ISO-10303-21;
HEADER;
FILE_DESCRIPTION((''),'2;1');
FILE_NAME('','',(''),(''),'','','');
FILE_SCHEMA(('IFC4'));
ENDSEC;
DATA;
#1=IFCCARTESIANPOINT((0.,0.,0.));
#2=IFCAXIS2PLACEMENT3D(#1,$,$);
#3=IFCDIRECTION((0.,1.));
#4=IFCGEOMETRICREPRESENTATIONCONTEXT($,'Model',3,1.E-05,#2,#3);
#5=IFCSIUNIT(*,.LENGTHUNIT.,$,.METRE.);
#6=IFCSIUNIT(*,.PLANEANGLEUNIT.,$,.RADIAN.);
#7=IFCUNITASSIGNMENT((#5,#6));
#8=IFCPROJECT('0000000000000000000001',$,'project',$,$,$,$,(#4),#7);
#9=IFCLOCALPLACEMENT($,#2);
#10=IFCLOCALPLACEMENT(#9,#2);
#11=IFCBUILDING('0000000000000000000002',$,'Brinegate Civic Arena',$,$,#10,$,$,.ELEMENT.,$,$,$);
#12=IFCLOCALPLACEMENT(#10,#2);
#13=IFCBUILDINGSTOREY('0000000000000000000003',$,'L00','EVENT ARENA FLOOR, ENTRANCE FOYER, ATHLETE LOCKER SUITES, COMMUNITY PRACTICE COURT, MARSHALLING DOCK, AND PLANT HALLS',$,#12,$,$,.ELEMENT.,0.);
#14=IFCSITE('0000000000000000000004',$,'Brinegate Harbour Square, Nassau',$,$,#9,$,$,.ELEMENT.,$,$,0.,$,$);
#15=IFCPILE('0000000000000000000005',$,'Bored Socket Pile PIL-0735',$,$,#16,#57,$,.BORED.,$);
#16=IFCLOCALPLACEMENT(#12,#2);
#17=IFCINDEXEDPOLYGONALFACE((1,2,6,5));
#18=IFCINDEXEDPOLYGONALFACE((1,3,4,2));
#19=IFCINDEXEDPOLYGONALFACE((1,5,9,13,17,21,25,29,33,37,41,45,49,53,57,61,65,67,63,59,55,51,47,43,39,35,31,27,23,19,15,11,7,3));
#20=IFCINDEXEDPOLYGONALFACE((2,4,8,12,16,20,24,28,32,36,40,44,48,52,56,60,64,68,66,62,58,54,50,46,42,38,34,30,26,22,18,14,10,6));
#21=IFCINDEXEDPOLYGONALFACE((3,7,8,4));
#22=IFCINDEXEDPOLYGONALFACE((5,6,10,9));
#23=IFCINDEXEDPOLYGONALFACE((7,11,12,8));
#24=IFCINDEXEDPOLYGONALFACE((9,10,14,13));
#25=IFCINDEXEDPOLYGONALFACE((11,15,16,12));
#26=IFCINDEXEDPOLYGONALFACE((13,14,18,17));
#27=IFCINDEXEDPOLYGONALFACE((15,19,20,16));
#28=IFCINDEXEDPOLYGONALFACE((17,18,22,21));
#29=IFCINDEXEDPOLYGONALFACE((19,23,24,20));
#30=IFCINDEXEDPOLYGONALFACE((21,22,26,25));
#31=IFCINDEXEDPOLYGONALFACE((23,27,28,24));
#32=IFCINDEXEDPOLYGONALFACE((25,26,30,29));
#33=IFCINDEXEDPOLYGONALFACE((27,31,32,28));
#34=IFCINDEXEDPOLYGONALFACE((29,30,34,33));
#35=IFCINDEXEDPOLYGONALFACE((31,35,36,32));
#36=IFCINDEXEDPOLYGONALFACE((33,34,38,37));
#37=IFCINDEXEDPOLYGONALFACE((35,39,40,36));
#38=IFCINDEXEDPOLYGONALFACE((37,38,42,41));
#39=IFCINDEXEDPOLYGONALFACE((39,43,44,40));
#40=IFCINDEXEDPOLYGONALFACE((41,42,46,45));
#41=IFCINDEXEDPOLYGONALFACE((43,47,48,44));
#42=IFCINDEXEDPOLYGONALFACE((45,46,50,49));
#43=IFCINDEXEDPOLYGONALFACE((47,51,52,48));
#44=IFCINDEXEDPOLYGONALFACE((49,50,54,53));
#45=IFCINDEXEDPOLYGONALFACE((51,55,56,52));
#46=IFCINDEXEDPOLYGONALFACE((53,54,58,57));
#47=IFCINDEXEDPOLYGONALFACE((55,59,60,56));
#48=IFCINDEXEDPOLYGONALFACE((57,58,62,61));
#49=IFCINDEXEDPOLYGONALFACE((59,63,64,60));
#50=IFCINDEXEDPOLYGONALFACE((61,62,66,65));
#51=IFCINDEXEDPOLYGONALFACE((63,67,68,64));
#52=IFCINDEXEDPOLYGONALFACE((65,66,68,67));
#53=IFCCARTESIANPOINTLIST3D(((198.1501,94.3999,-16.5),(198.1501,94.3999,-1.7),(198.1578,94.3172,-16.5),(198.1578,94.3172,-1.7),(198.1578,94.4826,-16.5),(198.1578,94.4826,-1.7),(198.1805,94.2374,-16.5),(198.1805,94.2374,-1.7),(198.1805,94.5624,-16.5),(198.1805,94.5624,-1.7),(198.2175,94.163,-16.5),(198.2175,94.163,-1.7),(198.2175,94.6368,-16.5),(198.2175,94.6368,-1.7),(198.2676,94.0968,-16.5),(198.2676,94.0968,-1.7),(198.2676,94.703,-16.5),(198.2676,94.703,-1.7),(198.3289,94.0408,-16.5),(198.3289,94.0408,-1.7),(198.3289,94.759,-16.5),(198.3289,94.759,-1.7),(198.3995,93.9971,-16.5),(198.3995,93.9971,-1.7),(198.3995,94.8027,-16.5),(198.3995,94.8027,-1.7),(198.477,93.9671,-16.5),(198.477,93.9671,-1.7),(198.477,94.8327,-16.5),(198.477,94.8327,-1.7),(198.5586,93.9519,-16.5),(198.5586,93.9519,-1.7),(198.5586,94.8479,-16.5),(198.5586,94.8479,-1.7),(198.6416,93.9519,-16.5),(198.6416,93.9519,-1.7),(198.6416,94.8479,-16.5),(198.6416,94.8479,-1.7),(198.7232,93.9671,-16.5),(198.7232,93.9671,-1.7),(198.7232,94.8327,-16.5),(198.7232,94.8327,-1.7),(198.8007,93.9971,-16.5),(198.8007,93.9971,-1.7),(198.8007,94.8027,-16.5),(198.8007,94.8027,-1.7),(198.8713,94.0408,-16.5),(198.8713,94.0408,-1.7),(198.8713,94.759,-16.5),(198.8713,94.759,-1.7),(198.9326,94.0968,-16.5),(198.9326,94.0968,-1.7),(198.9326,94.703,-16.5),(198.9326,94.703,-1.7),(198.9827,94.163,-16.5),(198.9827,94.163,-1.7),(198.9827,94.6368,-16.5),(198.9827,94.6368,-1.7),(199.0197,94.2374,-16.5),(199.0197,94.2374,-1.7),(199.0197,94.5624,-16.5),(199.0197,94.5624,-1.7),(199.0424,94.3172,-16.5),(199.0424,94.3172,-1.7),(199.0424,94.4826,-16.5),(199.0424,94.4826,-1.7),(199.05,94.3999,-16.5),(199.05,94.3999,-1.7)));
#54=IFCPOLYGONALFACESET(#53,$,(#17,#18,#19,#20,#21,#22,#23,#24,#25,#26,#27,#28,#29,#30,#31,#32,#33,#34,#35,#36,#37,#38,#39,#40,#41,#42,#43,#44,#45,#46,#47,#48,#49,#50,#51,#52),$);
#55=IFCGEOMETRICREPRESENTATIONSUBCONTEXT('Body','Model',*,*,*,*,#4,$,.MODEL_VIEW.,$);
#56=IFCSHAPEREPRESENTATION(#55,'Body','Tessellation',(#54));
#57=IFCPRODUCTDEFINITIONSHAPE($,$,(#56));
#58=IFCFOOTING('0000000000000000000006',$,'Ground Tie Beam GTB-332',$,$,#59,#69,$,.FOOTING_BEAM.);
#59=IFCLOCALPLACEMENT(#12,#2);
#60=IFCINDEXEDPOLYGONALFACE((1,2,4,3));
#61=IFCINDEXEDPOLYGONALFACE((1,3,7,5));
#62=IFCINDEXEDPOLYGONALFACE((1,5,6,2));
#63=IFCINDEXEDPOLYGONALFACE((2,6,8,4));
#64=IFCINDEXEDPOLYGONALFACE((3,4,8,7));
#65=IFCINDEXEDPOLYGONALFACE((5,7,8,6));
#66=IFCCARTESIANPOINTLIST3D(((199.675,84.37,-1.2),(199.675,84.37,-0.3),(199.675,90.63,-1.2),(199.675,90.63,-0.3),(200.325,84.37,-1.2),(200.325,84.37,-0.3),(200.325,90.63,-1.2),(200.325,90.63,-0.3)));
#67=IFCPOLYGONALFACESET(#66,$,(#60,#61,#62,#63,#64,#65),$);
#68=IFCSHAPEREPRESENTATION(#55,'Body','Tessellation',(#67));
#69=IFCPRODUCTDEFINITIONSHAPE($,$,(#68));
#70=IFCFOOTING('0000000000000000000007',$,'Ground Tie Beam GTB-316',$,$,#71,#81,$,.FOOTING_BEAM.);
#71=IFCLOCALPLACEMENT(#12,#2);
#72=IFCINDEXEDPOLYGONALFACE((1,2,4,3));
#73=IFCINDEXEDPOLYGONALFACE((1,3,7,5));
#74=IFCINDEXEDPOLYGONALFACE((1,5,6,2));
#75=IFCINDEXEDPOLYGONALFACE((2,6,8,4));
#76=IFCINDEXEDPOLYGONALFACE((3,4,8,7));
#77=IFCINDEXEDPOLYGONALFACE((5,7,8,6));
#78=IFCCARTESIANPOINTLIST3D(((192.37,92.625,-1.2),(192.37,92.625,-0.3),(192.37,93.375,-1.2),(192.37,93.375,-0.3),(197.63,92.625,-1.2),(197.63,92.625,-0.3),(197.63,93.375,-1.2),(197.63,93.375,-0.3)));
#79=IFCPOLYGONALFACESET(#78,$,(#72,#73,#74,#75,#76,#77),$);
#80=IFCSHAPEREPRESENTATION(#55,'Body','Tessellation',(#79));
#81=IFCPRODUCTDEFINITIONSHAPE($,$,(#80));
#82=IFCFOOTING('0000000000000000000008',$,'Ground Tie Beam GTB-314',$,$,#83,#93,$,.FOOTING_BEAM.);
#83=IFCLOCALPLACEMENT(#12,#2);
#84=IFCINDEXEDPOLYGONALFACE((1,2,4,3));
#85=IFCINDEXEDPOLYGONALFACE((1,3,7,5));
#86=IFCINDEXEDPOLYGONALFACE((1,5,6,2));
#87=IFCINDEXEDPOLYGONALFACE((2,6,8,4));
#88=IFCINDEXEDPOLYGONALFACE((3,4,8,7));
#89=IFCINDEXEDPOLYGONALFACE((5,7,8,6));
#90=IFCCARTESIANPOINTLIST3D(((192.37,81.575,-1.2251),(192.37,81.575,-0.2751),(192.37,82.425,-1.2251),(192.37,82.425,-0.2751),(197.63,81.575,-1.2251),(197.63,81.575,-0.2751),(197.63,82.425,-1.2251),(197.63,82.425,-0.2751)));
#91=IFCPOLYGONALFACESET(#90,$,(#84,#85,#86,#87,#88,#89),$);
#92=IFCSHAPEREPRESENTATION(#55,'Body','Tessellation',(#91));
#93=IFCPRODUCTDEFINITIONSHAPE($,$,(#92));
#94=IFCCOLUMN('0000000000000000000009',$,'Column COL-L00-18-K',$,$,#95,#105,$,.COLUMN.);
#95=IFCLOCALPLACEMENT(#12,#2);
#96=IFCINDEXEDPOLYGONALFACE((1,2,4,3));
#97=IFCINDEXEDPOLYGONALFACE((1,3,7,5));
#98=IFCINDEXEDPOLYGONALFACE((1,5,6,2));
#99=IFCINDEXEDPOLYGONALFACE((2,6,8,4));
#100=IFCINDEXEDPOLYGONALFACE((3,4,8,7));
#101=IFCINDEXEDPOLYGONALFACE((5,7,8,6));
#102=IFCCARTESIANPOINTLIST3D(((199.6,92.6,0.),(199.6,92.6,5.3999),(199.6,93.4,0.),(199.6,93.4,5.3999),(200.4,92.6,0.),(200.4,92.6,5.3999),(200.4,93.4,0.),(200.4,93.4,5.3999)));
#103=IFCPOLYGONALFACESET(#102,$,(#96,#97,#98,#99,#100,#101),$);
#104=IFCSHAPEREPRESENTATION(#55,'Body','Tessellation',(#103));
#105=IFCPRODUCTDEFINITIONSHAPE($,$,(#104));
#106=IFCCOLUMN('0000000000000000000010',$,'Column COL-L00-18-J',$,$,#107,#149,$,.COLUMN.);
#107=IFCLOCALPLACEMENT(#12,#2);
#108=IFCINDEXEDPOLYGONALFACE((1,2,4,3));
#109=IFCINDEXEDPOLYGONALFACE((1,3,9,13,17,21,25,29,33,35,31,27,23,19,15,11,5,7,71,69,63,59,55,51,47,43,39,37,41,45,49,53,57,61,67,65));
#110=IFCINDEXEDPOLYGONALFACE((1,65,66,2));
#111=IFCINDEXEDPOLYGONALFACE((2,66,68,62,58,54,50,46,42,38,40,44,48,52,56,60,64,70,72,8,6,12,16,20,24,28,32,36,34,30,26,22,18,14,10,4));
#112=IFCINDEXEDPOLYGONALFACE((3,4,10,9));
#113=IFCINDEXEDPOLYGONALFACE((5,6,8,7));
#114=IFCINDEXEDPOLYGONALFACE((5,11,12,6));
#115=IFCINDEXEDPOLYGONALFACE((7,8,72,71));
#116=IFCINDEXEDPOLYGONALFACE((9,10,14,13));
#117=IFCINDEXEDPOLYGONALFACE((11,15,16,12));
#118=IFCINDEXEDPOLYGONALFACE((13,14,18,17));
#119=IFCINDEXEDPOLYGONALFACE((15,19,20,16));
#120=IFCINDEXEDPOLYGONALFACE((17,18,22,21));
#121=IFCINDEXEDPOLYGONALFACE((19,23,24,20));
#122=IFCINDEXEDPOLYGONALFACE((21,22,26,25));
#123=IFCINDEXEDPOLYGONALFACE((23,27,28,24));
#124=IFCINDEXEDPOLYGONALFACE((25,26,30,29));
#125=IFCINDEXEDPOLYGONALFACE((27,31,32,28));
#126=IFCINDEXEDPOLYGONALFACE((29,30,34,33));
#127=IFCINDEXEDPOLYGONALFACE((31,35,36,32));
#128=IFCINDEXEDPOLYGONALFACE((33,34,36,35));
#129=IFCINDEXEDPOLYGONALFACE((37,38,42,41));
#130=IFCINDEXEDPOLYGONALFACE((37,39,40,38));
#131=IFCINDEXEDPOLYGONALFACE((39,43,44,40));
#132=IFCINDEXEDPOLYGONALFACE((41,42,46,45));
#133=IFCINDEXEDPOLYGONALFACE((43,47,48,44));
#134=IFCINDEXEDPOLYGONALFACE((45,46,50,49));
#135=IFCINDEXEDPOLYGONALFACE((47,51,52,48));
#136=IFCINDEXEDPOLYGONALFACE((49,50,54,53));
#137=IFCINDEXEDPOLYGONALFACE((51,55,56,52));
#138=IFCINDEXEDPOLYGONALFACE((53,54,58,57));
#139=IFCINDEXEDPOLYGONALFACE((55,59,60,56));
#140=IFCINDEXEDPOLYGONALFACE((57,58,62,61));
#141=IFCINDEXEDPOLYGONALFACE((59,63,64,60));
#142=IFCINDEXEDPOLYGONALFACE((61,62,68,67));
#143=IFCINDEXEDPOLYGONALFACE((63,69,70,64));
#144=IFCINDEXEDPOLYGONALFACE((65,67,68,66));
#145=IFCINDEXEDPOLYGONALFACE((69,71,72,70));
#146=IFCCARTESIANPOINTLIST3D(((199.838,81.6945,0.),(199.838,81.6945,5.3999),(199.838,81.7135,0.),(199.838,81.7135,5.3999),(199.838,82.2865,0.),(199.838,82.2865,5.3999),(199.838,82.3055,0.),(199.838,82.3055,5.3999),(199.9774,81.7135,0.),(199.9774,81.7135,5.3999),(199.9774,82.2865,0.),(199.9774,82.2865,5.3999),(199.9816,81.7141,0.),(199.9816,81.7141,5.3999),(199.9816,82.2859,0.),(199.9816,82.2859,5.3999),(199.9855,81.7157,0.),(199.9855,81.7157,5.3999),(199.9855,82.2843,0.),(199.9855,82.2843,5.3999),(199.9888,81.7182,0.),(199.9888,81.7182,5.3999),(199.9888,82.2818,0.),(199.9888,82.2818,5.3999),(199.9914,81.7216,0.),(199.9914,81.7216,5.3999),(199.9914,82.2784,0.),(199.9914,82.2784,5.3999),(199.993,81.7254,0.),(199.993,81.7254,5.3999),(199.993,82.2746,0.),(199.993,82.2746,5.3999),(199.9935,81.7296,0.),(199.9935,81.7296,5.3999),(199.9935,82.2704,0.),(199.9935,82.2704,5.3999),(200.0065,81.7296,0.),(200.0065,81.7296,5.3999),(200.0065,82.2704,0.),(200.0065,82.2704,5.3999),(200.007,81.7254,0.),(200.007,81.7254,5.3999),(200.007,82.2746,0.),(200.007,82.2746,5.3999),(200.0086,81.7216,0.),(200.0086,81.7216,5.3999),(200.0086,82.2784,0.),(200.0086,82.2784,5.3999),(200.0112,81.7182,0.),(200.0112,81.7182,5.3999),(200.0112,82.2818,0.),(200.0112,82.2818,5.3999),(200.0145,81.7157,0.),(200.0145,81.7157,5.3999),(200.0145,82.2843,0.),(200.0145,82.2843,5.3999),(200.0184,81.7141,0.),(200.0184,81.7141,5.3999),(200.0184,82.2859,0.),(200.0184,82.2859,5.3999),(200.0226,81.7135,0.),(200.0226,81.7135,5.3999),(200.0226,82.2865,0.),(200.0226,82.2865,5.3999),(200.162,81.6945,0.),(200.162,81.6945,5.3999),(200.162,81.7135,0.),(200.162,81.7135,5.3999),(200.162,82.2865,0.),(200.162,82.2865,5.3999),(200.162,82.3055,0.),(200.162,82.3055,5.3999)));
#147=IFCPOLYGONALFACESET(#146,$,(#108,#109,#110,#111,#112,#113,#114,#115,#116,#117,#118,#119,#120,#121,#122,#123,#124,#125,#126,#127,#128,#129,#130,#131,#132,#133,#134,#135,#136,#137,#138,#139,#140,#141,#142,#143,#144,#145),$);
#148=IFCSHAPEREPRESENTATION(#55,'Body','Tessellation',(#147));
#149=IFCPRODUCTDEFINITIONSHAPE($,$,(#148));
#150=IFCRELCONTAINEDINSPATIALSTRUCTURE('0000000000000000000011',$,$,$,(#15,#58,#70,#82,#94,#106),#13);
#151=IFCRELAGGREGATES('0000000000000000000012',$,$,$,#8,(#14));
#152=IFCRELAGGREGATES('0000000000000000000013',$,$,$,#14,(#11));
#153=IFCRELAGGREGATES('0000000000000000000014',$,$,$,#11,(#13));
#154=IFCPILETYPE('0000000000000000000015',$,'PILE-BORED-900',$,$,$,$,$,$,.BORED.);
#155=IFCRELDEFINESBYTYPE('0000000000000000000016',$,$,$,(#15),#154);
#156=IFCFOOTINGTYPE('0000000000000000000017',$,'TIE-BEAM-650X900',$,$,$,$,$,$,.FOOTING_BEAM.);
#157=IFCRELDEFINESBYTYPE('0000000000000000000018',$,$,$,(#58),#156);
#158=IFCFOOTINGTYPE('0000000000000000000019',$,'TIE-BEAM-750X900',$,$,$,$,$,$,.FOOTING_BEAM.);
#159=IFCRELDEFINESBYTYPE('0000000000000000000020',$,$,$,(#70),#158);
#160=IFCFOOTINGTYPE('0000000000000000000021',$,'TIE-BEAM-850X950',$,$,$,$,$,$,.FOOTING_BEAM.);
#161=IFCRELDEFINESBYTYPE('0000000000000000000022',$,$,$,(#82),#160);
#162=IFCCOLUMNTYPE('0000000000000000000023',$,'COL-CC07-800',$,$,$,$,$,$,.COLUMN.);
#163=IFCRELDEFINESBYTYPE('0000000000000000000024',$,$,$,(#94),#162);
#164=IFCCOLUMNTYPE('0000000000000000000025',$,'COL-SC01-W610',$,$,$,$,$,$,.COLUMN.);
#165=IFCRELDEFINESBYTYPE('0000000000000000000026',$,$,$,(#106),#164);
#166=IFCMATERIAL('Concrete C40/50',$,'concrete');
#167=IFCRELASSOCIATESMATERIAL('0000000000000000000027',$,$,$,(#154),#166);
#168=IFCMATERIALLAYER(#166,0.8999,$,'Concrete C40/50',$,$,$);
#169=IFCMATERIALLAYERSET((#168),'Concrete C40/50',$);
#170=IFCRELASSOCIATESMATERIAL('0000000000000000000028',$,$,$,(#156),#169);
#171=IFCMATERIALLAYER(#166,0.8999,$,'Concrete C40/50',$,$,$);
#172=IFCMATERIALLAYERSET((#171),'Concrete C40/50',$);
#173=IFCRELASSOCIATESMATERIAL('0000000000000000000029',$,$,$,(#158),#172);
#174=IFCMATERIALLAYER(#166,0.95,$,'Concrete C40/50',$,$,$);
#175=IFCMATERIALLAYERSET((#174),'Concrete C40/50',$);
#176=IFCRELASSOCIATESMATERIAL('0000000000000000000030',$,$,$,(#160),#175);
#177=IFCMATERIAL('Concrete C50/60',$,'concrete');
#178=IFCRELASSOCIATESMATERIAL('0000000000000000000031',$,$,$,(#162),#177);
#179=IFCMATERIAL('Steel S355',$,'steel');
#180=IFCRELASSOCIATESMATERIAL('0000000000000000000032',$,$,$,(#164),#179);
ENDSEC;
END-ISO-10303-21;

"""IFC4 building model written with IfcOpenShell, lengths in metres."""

from ifc_helpers import new_model, si_unit, direction, frame, origin, origin_2d, place, context, subcontext, project, spatial, rectangle, circle, i_section, extrude, material, layer, layer_set, material_profile, profile_set, type_object, element, save


model = new_model("IFC4")

# Units and contexts
model_context = context("Model", 3, precision=1e-05, world=origin(), true_north=direction((0.0, 1.0)))
body_context = subcontext(model_context, "Body", "Model", "MODEL_VIEW")
ifc_project = project(units=[si_unit("LENGTHUNIT", "METRE"), si_unit("PLANEANGLEUNIT", "RADIAN")], contexts=[model_context])

# Site, building, storey
site_placement = place(None, origin())
site = spatial("IfcSite", under=ifc_project, at=site_placement, Name="Brinegate Harbour Square, Nassau", CompositionType="ELEMENT", RefElevation=0.0)
building_placement = place(site_placement, origin())
building = spatial("IfcBuilding", under=site, at=building_placement, Name="Brinegate Civic Arena", CompositionType="ELEMENT")
storey_placement = place(building_placement, origin())
storey = spatial("IfcBuildingStorey", under=building, at=storey_placement, Name="L00", Description="EVENT ARENA FLOOR, ENTRANCE FOYER, ATHLETE LOCKER SUITES, COMMUNITY PRACTICE COURT, MARSHALLING DOCK, AND PLANT HALLS", CompositionType="ELEMENT", Elevation=0.0)

# Shared definitions
ifc_material_1 = material(Name="Concrete C40/50", Category="concrete")

# Pile
ifc_material_profile_1 = material_profile(ifc_material_1, circle(Radius=0.45, at=origin_2d()), Name="PILED900")
ifc_profile_set_1 = profile_set([ifc_material_profile_1], Name="Concrete C40/50")
pile_type = type_object("IfcPileType", Name="PILE-BORED-900", PredefinedType="BORED", material=ifc_profile_set_1)
for number, where, z_axis, x_axis, name in (
    (1, (198.6001, 94.3999, -1.7), (0.0, 0.0, -1.0), (1.0, 0.0, 0.0), "Bored Socket Pile PIL-0735"),
):
    element("IfcPile", number, at=place(storey_placement, frame(where, z_axis=z_axis, x_axis=x_axis)), inside=storey, type_object=pile_type, Name=name, PredefinedType="BORED", context=body_context, shape_type="SweptSolid", body=[
        extrude(circle(Radius=0.45, at=origin_2d()), origin(), (0.0, 0.0, 1.0), 14.8),
    ])

# Footings
ifc_layer_1 = layer(ifc_material_1, 0.8999, Name="Concrete C40/50")
ifc_layer_set_1 = layer_set([ifc_layer_1], Name="Concrete C40/50")
footing_type_1 = type_object("IfcFootingType", Name="TIE-BEAM-650X900", PredefinedType="FOOTING_BEAM", material=ifc_layer_set_1)
footing_1_placement = place(storey_placement, frame((200.0, 87.5, -1.2), z_axis=(0.0, 0.0, 1.0), x_axis=(0.0, 1.0, 0.0)))
element("IfcFooting", 2, at=footing_1_placement, inside=storey, type_object=footing_type_1, Name="Ground Tie Beam GTB-332", PredefinedType="FOOTING_BEAM", context=body_context, shape_type="SweptSolid", body=[
    extrude(rectangle(XDim=6.26, YDim=0.6499, at=origin_2d()), origin(), (0.0, 0.0, 1.0), 0.8999),
])
ifc_layer_2 = layer(ifc_material_1, 0.8999, Name="Concrete C40/50")
ifc_layer_set_2 = layer_set([ifc_layer_2], Name="Concrete C40/50")
footing_type_2 = type_object("IfcFootingType", Name="TIE-BEAM-750X900", PredefinedType="FOOTING_BEAM", material=ifc_layer_set_2)
footing_2_placement = place(storey_placement, frame((195.0, 93.0, -1.2), z_axis=(0.0, 0.0, 1.0), x_axis=(1.0, 0.0, 0.0)))
element("IfcFooting", 3, at=footing_2_placement, inside=storey, type_object=footing_type_2, Name="Ground Tie Beam GTB-316", PredefinedType="FOOTING_BEAM", context=body_context, shape_type="SweptSolid", body=[
    extrude(rectangle(XDim=5.26, YDim=0.75, at=origin_2d()), origin(), (0.0, 0.0, 1.0), 0.8999),
])
ifc_layer_3 = layer(ifc_material_1, 0.95, Name="Concrete C40/50")
ifc_layer_set_3 = layer_set([ifc_layer_3], Name="Concrete C40/50")
footing_type_3 = type_object("IfcFootingType", Name="TIE-BEAM-850X950", PredefinedType="FOOTING_BEAM", material=ifc_layer_set_3)
footing_3_placement = place(storey_placement, frame((195.0, 82.0, -1.2251), z_axis=(0.0, 0.0, 1.0), x_axis=(1.0, 0.0, 0.0)))
element("IfcFooting", 4, at=footing_3_placement, inside=storey, type_object=footing_type_3, Name="Ground Tie Beam GTB-314", PredefinedType="FOOTING_BEAM", context=body_context, shape_type="SweptSolid", body=[
    extrude(rectangle(XDim=5.26, YDim=0.8501, at=origin_2d()), origin(), (0.0, 0.0, 1.0), 0.95),
])

# Columns
ifc_material_2 = material(Name="Concrete C50/60", Category="concrete")
ifc_material_profile_2 = material_profile(ifc_material_2, rectangle(XDim=0.8, YDim=0.8, at=origin_2d()), Name="RC800X800")
ifc_profile_set_2 = profile_set([ifc_material_profile_2], Name="Concrete C50/60")
column_type_1 = type_object("IfcColumnType", Name="COL-CC07-800", PredefinedType="COLUMN", material=ifc_profile_set_2)
column_1_placement = place(storey_placement, frame((200.0, 93.0, 0.0), z_axis=(0.0, 0.0, 1.0), x_axis=(1.0, 0.0, 0.0)))
element("IfcColumn", 5, at=column_1_placement, inside=storey, type_object=column_type_1, Name="Column COL-L00-18-K", PredefinedType="COLUMN", context=body_context, shape_type="SweptSolid", body=[
    extrude(rectangle(XDim=0.8, YDim=0.8, at=origin_2d()), origin(), (0.0, 0.0, 1.0), 5.3999),
])
ifc_material_3 = material(Name="Steel S355", Category="steel")
ifc_material_profile_3 = material_profile(ifc_material_3, i_section(OverallWidth=0.324, OverallDepth=0.6111, WebThickness=0.0129, FlangeThickness=0.019, FilletRadius=0.0161, at=origin_2d()), Name="W610X155")
ifc_profile_set_3 = profile_set([ifc_material_profile_3], Name="Steel S355")
column_type_2 = type_object("IfcColumnType", Name="COL-SC01-W610", PredefinedType="COLUMN", material=ifc_profile_set_3)
column_2_placement = place(storey_placement, frame((200.0, 82.0, 0.0), z_axis=(0.0, 0.0, 1.0), x_axis=(1.0, 0.0, 0.0)))
element("IfcColumn", 6, at=column_2_placement, inside=storey, type_object=column_type_2, Name="Column COL-L00-18-J", PredefinedType="COLUMN", context=body_context, shape_type="SweptSolid", body=[
    extrude(i_section(OverallWidth=0.324, OverallDepth=0.6111, WebThickness=0.0129, FlangeThickness=0.019, FilletRadius=0.0161, at=origin_2d()), origin(), (0.0, 0.0, 1.0), 5.3999),
])

save(model, "model.ifc")
